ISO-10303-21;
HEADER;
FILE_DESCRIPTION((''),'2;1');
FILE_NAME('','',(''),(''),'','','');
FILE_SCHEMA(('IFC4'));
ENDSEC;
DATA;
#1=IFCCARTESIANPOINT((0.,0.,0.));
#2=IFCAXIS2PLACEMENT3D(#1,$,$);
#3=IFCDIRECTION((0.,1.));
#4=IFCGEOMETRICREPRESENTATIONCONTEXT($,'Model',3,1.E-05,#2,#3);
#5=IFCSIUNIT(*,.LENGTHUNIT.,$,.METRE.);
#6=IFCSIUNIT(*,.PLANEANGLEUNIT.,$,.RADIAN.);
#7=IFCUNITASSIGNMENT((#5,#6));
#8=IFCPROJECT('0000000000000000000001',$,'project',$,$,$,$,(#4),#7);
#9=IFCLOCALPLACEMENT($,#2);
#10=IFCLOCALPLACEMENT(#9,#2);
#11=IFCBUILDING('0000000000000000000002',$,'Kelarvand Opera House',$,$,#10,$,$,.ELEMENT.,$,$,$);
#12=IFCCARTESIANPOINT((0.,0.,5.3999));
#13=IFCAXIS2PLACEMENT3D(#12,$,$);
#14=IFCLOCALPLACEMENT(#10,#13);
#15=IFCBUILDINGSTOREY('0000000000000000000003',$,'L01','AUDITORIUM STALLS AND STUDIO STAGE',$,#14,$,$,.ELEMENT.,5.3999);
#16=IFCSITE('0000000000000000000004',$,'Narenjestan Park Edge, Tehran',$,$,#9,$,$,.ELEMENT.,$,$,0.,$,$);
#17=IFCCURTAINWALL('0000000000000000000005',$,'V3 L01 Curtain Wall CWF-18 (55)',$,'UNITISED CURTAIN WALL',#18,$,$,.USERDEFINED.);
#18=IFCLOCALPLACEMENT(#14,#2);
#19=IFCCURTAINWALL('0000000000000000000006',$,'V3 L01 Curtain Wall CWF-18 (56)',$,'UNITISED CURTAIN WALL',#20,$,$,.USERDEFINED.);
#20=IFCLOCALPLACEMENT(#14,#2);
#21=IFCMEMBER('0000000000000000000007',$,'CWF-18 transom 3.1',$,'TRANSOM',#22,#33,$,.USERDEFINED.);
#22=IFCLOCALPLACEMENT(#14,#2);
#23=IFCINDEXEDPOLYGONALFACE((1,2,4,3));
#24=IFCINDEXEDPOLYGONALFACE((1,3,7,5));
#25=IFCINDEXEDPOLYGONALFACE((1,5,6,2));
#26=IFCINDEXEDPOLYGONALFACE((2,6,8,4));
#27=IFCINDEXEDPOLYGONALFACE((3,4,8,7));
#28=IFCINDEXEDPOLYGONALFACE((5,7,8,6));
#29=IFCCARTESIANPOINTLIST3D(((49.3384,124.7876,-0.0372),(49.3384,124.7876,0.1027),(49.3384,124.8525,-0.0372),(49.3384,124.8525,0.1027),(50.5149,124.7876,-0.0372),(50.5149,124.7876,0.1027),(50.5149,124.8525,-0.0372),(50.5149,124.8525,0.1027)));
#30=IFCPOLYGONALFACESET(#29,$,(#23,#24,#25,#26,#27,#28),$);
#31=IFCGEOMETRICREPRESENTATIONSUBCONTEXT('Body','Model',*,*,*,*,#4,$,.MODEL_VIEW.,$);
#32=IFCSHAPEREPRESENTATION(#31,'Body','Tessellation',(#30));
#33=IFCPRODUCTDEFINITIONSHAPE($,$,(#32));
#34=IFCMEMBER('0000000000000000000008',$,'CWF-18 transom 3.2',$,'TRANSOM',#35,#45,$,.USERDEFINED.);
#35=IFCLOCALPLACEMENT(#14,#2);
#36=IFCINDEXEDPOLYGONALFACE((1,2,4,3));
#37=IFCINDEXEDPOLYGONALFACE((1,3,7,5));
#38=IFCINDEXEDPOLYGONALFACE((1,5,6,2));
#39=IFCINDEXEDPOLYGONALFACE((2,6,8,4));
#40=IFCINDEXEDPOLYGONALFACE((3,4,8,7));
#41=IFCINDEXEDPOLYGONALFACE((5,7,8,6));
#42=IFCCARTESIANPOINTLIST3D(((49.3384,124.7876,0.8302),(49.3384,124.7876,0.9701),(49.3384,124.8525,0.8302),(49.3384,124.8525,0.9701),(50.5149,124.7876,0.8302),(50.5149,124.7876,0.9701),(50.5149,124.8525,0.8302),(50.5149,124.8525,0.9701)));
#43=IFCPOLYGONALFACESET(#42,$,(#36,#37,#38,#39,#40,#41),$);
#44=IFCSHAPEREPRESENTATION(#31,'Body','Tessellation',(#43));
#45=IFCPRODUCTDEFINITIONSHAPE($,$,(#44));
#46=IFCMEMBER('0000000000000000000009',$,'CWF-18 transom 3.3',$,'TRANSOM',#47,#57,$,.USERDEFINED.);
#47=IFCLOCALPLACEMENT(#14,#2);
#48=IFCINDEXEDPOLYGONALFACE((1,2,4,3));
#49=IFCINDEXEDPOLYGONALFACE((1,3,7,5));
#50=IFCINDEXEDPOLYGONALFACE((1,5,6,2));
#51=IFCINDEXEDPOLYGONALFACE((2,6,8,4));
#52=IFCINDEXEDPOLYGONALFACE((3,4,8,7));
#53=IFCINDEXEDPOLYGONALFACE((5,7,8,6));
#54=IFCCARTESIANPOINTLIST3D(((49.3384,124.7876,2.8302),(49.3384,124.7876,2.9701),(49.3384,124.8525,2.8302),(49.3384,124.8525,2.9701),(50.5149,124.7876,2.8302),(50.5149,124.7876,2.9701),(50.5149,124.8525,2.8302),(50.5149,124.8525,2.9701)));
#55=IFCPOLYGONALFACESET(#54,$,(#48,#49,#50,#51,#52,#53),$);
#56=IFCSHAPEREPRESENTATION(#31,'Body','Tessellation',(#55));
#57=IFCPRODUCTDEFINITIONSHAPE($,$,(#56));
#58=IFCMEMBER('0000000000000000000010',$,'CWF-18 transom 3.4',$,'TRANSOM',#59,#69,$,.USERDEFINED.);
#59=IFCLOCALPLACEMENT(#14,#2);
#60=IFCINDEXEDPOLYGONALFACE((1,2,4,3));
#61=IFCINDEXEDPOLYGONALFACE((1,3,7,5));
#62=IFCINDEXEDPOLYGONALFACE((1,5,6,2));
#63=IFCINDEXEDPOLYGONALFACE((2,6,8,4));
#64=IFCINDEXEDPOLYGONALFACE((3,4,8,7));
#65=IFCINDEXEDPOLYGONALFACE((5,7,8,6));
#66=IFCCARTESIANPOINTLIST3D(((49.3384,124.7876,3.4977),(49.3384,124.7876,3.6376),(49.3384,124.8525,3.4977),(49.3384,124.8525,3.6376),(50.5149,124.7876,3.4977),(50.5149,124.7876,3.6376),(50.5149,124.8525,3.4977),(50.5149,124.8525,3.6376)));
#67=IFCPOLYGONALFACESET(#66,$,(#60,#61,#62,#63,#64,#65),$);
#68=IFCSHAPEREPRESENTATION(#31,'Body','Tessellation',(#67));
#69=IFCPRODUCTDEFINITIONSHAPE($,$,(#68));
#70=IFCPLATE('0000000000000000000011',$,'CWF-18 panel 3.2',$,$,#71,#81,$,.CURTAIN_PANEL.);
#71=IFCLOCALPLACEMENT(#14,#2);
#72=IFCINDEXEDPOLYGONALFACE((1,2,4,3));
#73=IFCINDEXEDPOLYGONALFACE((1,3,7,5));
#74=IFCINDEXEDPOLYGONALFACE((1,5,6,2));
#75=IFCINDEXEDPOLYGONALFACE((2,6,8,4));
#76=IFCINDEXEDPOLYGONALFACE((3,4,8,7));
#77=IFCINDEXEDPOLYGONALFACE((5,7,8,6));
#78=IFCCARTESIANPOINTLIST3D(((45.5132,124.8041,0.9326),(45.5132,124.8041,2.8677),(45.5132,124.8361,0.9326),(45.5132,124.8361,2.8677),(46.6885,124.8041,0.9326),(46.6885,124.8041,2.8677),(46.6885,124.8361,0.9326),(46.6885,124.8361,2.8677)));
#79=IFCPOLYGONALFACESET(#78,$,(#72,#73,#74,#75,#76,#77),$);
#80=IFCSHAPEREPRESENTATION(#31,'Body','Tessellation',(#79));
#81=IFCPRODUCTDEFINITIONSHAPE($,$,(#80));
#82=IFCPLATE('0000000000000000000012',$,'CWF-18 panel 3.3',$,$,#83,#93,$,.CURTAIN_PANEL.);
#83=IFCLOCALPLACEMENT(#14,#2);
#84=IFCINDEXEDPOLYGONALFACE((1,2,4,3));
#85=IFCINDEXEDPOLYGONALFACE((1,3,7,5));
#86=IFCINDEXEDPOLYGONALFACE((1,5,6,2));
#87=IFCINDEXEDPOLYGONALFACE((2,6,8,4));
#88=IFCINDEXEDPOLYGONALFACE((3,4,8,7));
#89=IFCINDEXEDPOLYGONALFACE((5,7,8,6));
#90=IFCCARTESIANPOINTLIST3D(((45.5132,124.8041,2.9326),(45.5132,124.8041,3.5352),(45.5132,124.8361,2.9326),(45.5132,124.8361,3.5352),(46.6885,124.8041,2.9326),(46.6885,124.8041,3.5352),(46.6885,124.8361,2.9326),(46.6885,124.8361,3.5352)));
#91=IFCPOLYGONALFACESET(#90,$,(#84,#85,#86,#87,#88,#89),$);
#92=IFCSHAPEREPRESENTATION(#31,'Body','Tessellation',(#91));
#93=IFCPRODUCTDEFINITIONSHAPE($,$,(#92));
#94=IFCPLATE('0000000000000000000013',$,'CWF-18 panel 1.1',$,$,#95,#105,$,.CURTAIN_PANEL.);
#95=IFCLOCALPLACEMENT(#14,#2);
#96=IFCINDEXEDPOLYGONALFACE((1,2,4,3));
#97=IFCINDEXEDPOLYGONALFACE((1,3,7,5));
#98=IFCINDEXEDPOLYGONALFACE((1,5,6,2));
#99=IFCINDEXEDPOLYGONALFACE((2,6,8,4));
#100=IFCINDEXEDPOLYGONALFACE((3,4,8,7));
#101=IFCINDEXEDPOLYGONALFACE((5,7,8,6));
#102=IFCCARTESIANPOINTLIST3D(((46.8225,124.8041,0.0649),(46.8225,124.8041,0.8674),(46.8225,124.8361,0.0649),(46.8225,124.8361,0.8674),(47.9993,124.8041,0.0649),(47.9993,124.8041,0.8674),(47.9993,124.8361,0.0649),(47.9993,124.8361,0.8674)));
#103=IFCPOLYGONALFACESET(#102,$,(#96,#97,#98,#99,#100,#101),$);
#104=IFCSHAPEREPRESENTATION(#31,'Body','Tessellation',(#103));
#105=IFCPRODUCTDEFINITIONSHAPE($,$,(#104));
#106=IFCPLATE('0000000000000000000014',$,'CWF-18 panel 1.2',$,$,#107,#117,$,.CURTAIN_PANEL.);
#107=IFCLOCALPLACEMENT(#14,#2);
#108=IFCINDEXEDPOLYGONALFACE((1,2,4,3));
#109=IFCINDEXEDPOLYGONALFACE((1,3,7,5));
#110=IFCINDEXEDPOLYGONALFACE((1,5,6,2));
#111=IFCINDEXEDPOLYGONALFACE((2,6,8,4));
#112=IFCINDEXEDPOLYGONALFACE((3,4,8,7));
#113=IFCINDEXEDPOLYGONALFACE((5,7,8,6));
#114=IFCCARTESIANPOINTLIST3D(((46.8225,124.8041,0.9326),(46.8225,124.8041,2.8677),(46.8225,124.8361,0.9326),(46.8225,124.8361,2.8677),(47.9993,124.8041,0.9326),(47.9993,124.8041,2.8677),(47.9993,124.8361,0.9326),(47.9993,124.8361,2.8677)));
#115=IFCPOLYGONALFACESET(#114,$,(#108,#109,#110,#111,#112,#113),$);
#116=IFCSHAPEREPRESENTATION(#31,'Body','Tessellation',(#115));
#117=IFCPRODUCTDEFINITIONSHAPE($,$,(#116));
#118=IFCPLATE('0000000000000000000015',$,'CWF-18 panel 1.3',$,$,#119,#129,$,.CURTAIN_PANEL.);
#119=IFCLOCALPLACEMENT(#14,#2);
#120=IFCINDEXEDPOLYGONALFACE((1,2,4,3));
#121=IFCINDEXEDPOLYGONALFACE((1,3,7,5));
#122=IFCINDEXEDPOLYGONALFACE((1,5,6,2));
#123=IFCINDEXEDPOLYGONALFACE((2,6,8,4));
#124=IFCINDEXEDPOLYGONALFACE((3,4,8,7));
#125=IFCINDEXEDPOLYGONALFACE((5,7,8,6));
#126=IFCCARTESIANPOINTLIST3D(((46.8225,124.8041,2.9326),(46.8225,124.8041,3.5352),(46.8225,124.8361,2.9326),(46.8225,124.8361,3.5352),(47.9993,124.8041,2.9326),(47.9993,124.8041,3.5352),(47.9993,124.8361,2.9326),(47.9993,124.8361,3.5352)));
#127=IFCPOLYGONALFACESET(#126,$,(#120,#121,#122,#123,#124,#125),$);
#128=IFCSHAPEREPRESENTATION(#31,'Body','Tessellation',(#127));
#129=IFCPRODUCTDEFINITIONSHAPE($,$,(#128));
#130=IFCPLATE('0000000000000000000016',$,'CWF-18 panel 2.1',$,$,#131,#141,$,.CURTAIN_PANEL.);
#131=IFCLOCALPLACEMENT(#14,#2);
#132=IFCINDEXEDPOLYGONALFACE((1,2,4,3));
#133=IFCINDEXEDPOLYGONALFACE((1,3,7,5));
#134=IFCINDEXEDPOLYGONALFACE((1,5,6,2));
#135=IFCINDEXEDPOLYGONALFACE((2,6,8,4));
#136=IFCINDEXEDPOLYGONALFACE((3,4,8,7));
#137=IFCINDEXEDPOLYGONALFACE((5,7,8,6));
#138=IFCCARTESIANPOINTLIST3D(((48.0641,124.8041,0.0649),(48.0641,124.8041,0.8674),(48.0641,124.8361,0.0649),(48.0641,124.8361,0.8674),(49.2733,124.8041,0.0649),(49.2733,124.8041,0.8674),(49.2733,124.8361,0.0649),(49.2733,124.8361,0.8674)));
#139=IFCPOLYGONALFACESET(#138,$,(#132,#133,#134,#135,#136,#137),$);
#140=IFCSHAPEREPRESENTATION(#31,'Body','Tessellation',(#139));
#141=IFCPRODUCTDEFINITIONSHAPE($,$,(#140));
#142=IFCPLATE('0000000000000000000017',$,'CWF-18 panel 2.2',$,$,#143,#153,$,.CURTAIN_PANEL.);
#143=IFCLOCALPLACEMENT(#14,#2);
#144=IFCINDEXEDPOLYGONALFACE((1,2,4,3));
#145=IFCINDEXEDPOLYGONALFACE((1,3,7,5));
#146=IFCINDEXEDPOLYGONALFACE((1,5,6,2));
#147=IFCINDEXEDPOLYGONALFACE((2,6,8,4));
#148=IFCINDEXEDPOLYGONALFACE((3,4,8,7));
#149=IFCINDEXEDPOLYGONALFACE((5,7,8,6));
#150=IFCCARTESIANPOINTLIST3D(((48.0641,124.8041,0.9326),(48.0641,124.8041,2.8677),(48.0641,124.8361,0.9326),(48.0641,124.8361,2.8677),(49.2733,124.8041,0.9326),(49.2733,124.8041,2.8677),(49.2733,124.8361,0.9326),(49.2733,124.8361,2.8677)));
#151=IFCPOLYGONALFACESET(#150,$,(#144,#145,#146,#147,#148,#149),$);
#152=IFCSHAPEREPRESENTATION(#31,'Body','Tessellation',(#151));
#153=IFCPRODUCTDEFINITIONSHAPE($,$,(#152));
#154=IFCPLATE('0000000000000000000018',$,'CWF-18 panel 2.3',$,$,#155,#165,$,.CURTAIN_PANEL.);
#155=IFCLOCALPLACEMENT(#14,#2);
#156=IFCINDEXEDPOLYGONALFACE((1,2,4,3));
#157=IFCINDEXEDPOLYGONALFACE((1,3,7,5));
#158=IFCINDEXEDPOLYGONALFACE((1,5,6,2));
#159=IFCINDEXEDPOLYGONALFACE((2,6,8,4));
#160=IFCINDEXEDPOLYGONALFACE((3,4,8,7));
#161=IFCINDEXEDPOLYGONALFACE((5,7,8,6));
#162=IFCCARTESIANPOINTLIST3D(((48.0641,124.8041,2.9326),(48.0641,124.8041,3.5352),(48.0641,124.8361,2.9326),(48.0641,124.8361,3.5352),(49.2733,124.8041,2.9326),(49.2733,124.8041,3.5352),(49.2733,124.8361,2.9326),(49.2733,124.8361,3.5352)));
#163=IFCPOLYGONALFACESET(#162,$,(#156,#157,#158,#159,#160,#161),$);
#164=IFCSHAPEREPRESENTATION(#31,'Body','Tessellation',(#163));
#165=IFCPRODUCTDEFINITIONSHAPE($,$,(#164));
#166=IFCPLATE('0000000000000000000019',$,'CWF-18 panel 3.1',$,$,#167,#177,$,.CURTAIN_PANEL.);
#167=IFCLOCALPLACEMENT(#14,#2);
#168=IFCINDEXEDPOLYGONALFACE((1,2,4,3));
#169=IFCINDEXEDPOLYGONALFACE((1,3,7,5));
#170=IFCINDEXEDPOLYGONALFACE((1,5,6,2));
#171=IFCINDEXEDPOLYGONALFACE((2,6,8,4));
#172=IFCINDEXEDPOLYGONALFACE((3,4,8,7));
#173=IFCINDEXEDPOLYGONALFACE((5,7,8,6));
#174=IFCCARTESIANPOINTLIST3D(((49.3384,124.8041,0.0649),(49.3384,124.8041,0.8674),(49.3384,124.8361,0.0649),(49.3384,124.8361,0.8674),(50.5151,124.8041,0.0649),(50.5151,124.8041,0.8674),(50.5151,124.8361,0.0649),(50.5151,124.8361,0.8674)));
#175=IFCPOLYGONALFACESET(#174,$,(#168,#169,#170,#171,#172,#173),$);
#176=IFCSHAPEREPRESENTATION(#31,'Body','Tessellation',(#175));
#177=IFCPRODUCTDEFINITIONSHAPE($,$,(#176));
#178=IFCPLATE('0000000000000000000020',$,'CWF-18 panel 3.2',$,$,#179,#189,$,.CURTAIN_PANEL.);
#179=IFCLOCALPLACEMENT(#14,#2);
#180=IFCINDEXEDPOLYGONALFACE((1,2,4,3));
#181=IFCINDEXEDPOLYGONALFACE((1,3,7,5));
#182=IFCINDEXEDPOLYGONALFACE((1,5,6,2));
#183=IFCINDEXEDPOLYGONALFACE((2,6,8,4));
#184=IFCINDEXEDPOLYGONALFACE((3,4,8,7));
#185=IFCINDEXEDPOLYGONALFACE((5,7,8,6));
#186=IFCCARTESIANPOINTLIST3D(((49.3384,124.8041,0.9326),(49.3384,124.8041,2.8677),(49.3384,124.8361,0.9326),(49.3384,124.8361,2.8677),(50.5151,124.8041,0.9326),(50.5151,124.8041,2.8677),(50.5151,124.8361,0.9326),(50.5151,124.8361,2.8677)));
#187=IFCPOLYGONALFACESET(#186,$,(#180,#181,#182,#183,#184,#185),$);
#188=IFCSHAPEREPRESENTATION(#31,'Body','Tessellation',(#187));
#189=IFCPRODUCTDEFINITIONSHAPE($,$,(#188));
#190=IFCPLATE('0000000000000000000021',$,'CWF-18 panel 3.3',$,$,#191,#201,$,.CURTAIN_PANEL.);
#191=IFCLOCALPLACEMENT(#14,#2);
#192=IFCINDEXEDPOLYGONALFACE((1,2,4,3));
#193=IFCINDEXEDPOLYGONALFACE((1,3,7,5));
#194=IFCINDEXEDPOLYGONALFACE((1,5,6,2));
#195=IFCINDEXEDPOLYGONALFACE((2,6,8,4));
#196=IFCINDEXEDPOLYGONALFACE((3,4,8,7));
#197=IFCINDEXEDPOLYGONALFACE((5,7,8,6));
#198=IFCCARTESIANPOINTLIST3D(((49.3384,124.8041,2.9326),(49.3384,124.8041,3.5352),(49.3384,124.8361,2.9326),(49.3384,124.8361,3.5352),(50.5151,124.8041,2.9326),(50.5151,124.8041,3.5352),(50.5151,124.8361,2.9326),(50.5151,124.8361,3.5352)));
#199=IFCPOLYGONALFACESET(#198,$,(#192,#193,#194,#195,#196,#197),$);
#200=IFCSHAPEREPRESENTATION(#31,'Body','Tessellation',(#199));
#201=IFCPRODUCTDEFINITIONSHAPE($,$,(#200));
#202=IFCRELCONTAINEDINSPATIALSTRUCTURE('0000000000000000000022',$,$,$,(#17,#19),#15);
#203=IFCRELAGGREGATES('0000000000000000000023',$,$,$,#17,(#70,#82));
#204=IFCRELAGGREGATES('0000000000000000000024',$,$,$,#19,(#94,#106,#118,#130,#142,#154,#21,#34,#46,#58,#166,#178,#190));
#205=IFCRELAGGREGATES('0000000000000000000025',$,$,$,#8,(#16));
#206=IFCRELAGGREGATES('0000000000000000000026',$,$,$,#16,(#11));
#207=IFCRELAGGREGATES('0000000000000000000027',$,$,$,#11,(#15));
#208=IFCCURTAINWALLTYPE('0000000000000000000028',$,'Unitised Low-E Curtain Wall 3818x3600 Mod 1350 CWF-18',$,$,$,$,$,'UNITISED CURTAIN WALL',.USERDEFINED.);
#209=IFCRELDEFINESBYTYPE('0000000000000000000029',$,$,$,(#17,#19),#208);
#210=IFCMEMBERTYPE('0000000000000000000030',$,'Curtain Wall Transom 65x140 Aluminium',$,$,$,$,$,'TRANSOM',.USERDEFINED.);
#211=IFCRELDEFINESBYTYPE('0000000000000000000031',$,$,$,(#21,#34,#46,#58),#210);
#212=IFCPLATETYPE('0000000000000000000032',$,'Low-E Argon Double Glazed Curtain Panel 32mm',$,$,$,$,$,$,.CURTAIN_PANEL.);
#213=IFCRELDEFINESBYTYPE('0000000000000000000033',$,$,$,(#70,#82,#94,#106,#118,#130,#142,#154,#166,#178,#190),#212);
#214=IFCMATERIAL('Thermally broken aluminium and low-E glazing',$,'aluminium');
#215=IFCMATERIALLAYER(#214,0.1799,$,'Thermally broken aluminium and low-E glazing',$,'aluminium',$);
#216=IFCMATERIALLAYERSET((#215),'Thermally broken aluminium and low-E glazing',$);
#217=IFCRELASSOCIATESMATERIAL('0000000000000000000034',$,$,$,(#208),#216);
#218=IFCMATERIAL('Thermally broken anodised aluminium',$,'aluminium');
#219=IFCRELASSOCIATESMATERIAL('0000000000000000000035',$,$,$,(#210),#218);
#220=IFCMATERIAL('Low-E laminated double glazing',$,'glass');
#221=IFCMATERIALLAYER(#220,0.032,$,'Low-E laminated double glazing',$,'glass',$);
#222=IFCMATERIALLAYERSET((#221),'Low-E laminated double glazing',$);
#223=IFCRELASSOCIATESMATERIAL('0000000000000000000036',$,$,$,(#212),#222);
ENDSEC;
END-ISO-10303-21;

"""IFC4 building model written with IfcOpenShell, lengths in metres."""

from ifc_helpers import new_model, si_unit, direction, frame, origin, origin_2d, place, context, subcontext, project, spatial, rectangle, extrude, material, layer, layer_set, material_profile, profile_set, type_object, element, aggregate, save


model = new_model("IFC4")

# Units and contexts
model_context = context("Model", 3, precision=1e-05, world=origin(), true_north=direction((0.0, 1.0)))
body_context = subcontext(model_context, "Body", "Model", "MODEL_VIEW")
ifc_project = project(units=[si_unit("LENGTHUNIT", "METRE"), si_unit("PLANEANGLEUNIT", "RADIAN")], contexts=[model_context])

# Site, building, storey
site_placement = place(None, origin())
site = spatial("IfcSite", under=ifc_project, at=site_placement, Name="Narenjestan Park Edge, Tehran", CompositionType="ELEMENT", RefElevation=0.0)
building_placement = place(site_placement, origin())
building = spatial("IfcBuilding", under=site, at=building_placement, Name="Kelarvand Opera House", CompositionType="ELEMENT")
storey_placement = place(building_placement, frame((0.0, 0.0, 5.3999)))
storey = spatial("IfcBuildingStorey", under=building, at=storey_placement, Name="L01", Description="AUDITORIUM STALLS AND STUDIO STAGE", CompositionType="ELEMENT", Elevation=5.3999)

# Curtain wall
ifc_material_1 = material(Name="Thermally broken aluminium and low-E glazing", Category="aluminium")
ifc_layer_1 = layer(ifc_material_1, 0.1799, Name="Thermally broken aluminium and low-E glazing", Category="aluminium")
ifc_layer_set_1 = layer_set([ifc_layer_1], Name="Thermally broken aluminium and low-E glazing")
curtain_wall_type = type_object("IfcCurtainWallType", Name="Unitised Low-E Curtain Wall 3818x3600 Mod 1350 CWF-18", ElementType="UNITISED CURTAIN WALL", PredefinedType="USERDEFINED", material=ifc_layer_set_1)
curtain_wall_1_placement = place(storey_placement, origin())
curtain_wall_1 = element("IfcCurtainWall", 1, at=curtain_wall_1_placement, inside=storey, type_object=curtain_wall_type, Name="V3 L01 Curtain Wall CWF-18 (55)", ObjectType="UNITISED CURTAIN WALL", PredefinedType="USERDEFINED")
ifc_material_2 = material(Name="Thermally broken anodised aluminium", Category="aluminium")

# Curtain wall, members
curtain_wall_2_placement = place(storey_placement, origin())
curtain_wall_2 = element("IfcCurtainWall", 2, at=curtain_wall_2_placement, inside=storey, type_object=curtain_wall_type, Name="V3 L01 Curtain Wall CWF-18 (56)", ObjectType="UNITISED CURTAIN WALL", PredefinedType="USERDEFINED")
ifc_material_profile_1 = material_profile(ifc_material_2, rectangle(XDim=0.0649, YDim=0.1399, at=origin_2d()), Name="ALU TRANSOM 65x140", Category="aluminium")
ifc_profile_set_1 = profile_set([ifc_material_profile_1], Name="Thermally broken anodised aluminium")
member_type_1 = type_object("IfcMemberType", Name="Curtain Wall Transom 65x140 Aluminium", ElementType="TRANSOM", PredefinedType="USERDEFINED", material=ifc_profile_set_1)
member_1_placement = place(storey_placement, frame((49.3384, 124.8201, 0.0327), z_axis=(1.0, 0.0, 0.0), x_axis=(0.0, 1.0, 0.0)))
member_1 = element("IfcMember", 3, at=member_1_placement, type_object=member_type_1, Name="CWF-18 transom 3.1", ObjectType="TRANSOM", PredefinedType="USERDEFINED", context=body_context, shape_type="SweptSolid", body=[
    extrude(rectangle(XDim=0.0649, YDim=0.1399, at=origin_2d()), origin(), (0.0, 0.0, 1.0), 1.1765),
])
member_2_placement = place(storey_placement, frame((49.3384, 124.8201, 0.9001), z_axis=(1.0, 0.0, 0.0), x_axis=(0.0, 1.0, 0.0)))
member_2 = element("IfcMember", 4, at=member_2_placement, type_object=member_type_1, Name="CWF-18 transom 3.2", ObjectType="TRANSOM", PredefinedType="USERDEFINED", context=body_context, shape_type="SweptSolid", body=[
    extrude(rectangle(XDim=0.0649, YDim=0.1399, at=origin_2d()), origin(), (0.0, 0.0, 1.0), 1.1765),
])
member_3_placement = place(storey_placement, frame((49.3384, 124.8201, 2.9001), z_axis=(1.0, 0.0, 0.0), x_axis=(0.0, 1.0, 0.0)))
member_3 = element("IfcMember", 5, at=member_3_placement, type_object=member_type_1, Name="CWF-18 transom 3.3", ObjectType="TRANSOM", PredefinedType="USERDEFINED", context=body_context, shape_type="SweptSolid", body=[
    extrude(rectangle(XDim=0.0649, YDim=0.1399, at=origin_2d()), origin(), (0.0, 0.0, 1.0), 1.1765),
])
member_4_placement = place(storey_placement, frame((49.3384, 124.8201, 3.5676), z_axis=(1.0, 0.0, 0.0), x_axis=(0.0, 1.0, 0.0)))
member_4 = element("IfcMember", 6, at=member_4_placement, type_object=member_type_1, Name="CWF-18 transom 3.4", ObjectType="TRANSOM", PredefinedType="USERDEFINED", context=body_context, shape_type="SweptSolid", body=[
    extrude(rectangle(XDim=0.0649, YDim=0.1399, at=origin_2d()), origin(), (0.0, 0.0, 1.0), 1.1765),
])

# Plates
ifc_material_3 = material(Name="Low-E laminated double glazing", Category="glass")
ifc_layer_2 = layer(ifc_material_3, 0.032, Name="Low-E laminated double glazing", Category="glass")
ifc_layer_set_2 = layer_set([ifc_layer_2], Name="Low-E laminated double glazing")
plate_type = type_object("IfcPlateType", Name="Low-E Argon Double Glazed Curtain Panel 32mm", PredefinedType="CURTAIN_PANEL", material=ifc_layer_set_2)
plate_1_placement = place(storey_placement, frame((46.1008, 124.8201, 0.9326), z_axis=(0.0, 0.0, 1.0), x_axis=(1.0, 0.0, 0.0)))
plate_1 = element("IfcPlate", 7, at=plate_1_placement, type_object=plate_type, Name="CWF-18 panel 3.2", PredefinedType="CURTAIN_PANEL", context=body_context, shape_type="SweptSolid", body=[
    extrude(rectangle(XDim=1.1753, YDim=0.032, at=origin_2d()), origin(), (0.0, 0.0, 1.0), 1.9351),
])
plate_2_placement = place(storey_placement, frame((46.1008, 124.8201, 2.9326), z_axis=(0.0, 0.0, 1.0), x_axis=(1.0, 0.0, 0.0)))
plate_2 = element("IfcPlate", 8, at=plate_2_placement, type_object=plate_type, Name="CWF-18 panel 3.3", PredefinedType="CURTAIN_PANEL", context=body_context, shape_type="SweptSolid", body=[
    extrude(rectangle(XDim=1.1753, YDim=0.032, at=origin_2d()), origin(), (0.0, 0.0, 1.0), 0.6025),
])
aggregate(curtain_wall_1, [plate_1, plate_2])
plate_3_placement = place(storey_placement, frame((47.4109, 124.8201, 0.0649), z_axis=(0.0, 0.0, 1.0), x_axis=(1.0, 0.0, 0.0)))
plate_3 = element("IfcPlate", 9, at=plate_3_placement, type_object=plate_type, Name="CWF-18 panel 1.1", PredefinedType="CURTAIN_PANEL", context=body_context, shape_type="SweptSolid", body=[
    extrude(rectangle(XDim=1.1768, YDim=0.032, at=origin_2d()), origin(), (0.0, 0.0, 1.0), 0.8025),
])
plate_4_placement = place(storey_placement, frame((47.4109, 124.8201, 0.9326), z_axis=(0.0, 0.0, 1.0), x_axis=(1.0, 0.0, 0.0)))
plate_4 = element("IfcPlate", 10, at=plate_4_placement, type_object=plate_type, Name="CWF-18 panel 1.2", PredefinedType="CURTAIN_PANEL", context=body_context, shape_type="SweptSolid", body=[
    extrude(rectangle(XDim=1.1768, YDim=0.032, at=origin_2d()), origin(), (0.0, 0.0, 1.0), 1.9351),
])
plate_5_placement = place(storey_placement, frame((47.4109, 124.8201, 2.9326), z_axis=(0.0, 0.0, 1.0), x_axis=(1.0, 0.0, 0.0)))
plate_5 = element("IfcPlate", 11, at=plate_5_placement, type_object=plate_type, Name="CWF-18 panel 1.3", PredefinedType="CURTAIN_PANEL", context=body_context, shape_type="SweptSolid", body=[
    extrude(rectangle(XDim=1.1768, YDim=0.032, at=origin_2d()), origin(), (0.0, 0.0, 1.0), 0.6025),
])
plate_6_placement = place(storey_placement, frame((48.6687, 124.8201, 0.0649), z_axis=(0.0, 0.0, 1.0), x_axis=(1.0, 0.0, 0.0)))
plate_6 = element("IfcPlate", 12, at=plate_6_placement, type_object=plate_type, Name="CWF-18 panel 2.1", PredefinedType="CURTAIN_PANEL", context=body_context, shape_type="SweptSolid", body=[
    extrude(rectangle(XDim=1.2092, YDim=0.032, at=origin_2d()), origin(), (0.0, 0.0, 1.0), 0.8025),
])
plate_7_placement = place(storey_placement, frame((48.6687, 124.8201, 0.9326), z_axis=(0.0, 0.0, 1.0), x_axis=(1.0, 0.0, 0.0)))
plate_7 = element("IfcPlate", 13, at=plate_7_placement, type_object=plate_type, Name="CWF-18 panel 2.2", PredefinedType="CURTAIN_PANEL", context=body_context, shape_type="SweptSolid", body=[
    extrude(rectangle(XDim=1.2092, YDim=0.032, at=origin_2d()), origin(), (0.0, 0.0, 1.0), 1.9351),
])
plate_8_placement = place(storey_placement, frame((48.6687, 124.8201, 2.9326), z_axis=(0.0, 0.0, 1.0), x_axis=(1.0, 0.0, 0.0)))
plate_8 = element("IfcPlate", 14, at=plate_8_placement, type_object=plate_type, Name="CWF-18 panel 2.3", PredefinedType="CURTAIN_PANEL", context=body_context, shape_type="SweptSolid", body=[
    extrude(rectangle(XDim=1.2092, YDim=0.032, at=origin_2d()), origin(), (0.0, 0.0, 1.0), 0.6025),
])
plate_9_placement = place(storey_placement, frame((49.9268, 124.8201, 0.0649), z_axis=(0.0, 0.0, 1.0), x_axis=(1.0, 0.0, 0.0)))
plate_9 = element("IfcPlate", 15, at=plate_9_placement, type_object=plate_type, Name="CWF-18 panel 3.1", PredefinedType="CURTAIN_PANEL", context=body_context, shape_type="SweptSolid", body=[
    extrude(rectangle(XDim=1.1768, YDim=0.032, at=origin_2d()), origin(), (0.0, 0.0, 1.0), 0.8025),
])
plate_10_placement = place(storey_placement, frame((49.9268, 124.8201, 0.9326), z_axis=(0.0, 0.0, 1.0), x_axis=(1.0, 0.0, 0.0)))
plate_10 = element("IfcPlate", 16, at=plate_10_placement, type_object=plate_type, Name="CWF-18 panel 3.2", PredefinedType="CURTAIN_PANEL", context=body_context, shape_type="SweptSolid", body=[
    extrude(rectangle(XDim=1.1768, YDim=0.032, at=origin_2d()), origin(), (0.0, 0.0, 1.0), 1.9351),
])
plate_11_placement = place(storey_placement, frame((49.9268, 124.8201, 2.9326), z_axis=(0.0, 0.0, 1.0), x_axis=(1.0, 0.0, 0.0)))
plate_11 = element("IfcPlate", 17, at=plate_11_placement, type_object=plate_type, Name="CWF-18 panel 3.3", PredefinedType="CURTAIN_PANEL", context=body_context, shape_type="SweptSolid", body=[
    extrude(rectangle(XDim=1.1768, YDim=0.032, at=origin_2d()), origin(), (0.0, 0.0, 1.0), 0.6025),
])
aggregate(curtain_wall_2, [plate_3, plate_4, plate_5, plate_6, plate_7, plate_8, member_1, member_2, member_3, member_4, plate_9, plate_10, plate_11])

save(model, "model.ifc")
